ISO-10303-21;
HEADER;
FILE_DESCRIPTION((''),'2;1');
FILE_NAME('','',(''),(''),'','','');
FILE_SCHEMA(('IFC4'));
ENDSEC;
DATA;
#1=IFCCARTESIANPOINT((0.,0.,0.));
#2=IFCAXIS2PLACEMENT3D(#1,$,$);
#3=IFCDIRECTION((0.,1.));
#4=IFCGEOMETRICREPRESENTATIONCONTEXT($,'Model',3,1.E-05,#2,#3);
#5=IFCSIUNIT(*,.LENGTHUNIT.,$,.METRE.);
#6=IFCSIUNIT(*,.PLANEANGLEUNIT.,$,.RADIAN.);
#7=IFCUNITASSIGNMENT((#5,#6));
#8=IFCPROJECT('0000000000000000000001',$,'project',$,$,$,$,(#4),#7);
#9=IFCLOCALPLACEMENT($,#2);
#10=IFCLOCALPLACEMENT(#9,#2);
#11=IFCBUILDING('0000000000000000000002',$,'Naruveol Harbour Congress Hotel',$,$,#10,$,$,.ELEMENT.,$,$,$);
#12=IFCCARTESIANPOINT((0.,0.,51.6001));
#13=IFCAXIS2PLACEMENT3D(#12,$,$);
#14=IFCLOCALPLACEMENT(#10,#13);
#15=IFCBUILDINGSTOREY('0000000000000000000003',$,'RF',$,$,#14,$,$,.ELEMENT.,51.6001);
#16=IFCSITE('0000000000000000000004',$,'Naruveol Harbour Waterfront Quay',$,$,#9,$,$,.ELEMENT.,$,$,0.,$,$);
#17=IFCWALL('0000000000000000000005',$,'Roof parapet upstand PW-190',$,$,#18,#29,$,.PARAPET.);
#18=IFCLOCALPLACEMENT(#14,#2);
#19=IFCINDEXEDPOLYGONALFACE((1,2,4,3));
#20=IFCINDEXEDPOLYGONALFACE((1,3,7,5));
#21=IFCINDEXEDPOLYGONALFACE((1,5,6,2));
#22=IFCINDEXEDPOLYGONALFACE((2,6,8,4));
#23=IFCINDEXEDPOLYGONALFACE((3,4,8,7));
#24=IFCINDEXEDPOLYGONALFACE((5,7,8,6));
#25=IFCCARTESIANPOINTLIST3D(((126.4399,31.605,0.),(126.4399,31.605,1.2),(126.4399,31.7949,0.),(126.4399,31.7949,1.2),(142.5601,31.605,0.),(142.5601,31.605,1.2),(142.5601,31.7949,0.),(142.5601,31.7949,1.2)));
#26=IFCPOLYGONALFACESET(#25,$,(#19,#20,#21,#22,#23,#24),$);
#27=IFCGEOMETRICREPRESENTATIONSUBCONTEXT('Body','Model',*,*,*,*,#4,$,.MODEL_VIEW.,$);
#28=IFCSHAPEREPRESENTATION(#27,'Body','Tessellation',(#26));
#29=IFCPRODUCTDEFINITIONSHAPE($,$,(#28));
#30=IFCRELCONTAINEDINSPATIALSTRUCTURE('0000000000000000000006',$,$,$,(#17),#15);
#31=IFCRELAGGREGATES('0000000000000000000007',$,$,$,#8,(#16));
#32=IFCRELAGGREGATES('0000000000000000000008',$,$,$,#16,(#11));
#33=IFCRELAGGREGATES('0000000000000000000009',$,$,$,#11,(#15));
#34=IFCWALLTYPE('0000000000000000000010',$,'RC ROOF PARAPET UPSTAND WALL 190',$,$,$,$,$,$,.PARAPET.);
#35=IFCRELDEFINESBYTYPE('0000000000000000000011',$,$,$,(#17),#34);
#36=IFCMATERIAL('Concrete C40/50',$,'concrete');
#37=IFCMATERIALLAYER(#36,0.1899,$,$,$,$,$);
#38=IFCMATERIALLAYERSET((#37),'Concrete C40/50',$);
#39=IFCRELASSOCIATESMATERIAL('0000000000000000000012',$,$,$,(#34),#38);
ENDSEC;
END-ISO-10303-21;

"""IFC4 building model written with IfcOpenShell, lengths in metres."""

from ifc_helpers import new_model, si_unit, direction, frame, frame_2d, origin, place, context, subcontext, project, spatial, rectangle, extrude, material, layer, layer_set, type_object, element, save


model = new_model("IFC4")

# Units and contexts
model_context = context("Model", 3, precision=1e-05, world=origin(), true_north=direction((0.0, 1.0)))
body_context = subcontext(model_context, "Body", "Model", "MODEL_VIEW")
ifc_project = project(units=[si_unit("LENGTHUNIT", "METRE"), si_unit("PLANEANGLEUNIT", "RADIAN")], contexts=[model_context])

# Site, building, storey
site_placement = place(None, origin())
site = spatial("IfcSite", under=ifc_project, at=site_placement, Name="Naruveol Harbour Waterfront Quay", CompositionType="ELEMENT", RefElevation=0.0)
building_placement = place(site_placement, origin())
building = spatial("IfcBuilding", under=site, at=building_placement, Name="Naruveol Harbour Congress Hotel", CompositionType="ELEMENT")
storey_placement = place(building_placement, frame((0.0, 0.0, 51.6001)))
storey = spatial("IfcBuildingStorey", under=building, at=storey_placement, Name="RF", CompositionType="ELEMENT", Elevation=51.6001)

# Wall
ifc_material_1 = material(Name="Concrete C40/50", Category="concrete")
ifc_layer_1 = layer(ifc_material_1, 0.1899)
ifc_layer_set_1 = layer_set([ifc_layer_1], Name="Concrete C40/50")
wall_type = type_object("IfcWallType", Name="RC ROOF PARAPET UPSTAND WALL 190", PredefinedType="PARAPET", material=ifc_layer_set_1)
wall_placement = place(storey_placement, frame((142.5601, 31.7, 0.0), z_axis=(0.0, 0.0, 1.0), x_axis=(-1.0, 0.0, 0.0)))
element("IfcWall", 1, at=wall_placement, inside=storey, type_object=wall_type, Name="Roof parapet upstand PW-190", PredefinedType="PARAPET", context=body_context, shape_type="SweptSolid", body=[
    extrude(rectangle(XDim=16.1201, YDim=0.1899, at=frame_2d((8.0601, 0.0))), origin(), (0.0, 0.0, 1.0), 1.2),
])

save(model, "model.ifc")
